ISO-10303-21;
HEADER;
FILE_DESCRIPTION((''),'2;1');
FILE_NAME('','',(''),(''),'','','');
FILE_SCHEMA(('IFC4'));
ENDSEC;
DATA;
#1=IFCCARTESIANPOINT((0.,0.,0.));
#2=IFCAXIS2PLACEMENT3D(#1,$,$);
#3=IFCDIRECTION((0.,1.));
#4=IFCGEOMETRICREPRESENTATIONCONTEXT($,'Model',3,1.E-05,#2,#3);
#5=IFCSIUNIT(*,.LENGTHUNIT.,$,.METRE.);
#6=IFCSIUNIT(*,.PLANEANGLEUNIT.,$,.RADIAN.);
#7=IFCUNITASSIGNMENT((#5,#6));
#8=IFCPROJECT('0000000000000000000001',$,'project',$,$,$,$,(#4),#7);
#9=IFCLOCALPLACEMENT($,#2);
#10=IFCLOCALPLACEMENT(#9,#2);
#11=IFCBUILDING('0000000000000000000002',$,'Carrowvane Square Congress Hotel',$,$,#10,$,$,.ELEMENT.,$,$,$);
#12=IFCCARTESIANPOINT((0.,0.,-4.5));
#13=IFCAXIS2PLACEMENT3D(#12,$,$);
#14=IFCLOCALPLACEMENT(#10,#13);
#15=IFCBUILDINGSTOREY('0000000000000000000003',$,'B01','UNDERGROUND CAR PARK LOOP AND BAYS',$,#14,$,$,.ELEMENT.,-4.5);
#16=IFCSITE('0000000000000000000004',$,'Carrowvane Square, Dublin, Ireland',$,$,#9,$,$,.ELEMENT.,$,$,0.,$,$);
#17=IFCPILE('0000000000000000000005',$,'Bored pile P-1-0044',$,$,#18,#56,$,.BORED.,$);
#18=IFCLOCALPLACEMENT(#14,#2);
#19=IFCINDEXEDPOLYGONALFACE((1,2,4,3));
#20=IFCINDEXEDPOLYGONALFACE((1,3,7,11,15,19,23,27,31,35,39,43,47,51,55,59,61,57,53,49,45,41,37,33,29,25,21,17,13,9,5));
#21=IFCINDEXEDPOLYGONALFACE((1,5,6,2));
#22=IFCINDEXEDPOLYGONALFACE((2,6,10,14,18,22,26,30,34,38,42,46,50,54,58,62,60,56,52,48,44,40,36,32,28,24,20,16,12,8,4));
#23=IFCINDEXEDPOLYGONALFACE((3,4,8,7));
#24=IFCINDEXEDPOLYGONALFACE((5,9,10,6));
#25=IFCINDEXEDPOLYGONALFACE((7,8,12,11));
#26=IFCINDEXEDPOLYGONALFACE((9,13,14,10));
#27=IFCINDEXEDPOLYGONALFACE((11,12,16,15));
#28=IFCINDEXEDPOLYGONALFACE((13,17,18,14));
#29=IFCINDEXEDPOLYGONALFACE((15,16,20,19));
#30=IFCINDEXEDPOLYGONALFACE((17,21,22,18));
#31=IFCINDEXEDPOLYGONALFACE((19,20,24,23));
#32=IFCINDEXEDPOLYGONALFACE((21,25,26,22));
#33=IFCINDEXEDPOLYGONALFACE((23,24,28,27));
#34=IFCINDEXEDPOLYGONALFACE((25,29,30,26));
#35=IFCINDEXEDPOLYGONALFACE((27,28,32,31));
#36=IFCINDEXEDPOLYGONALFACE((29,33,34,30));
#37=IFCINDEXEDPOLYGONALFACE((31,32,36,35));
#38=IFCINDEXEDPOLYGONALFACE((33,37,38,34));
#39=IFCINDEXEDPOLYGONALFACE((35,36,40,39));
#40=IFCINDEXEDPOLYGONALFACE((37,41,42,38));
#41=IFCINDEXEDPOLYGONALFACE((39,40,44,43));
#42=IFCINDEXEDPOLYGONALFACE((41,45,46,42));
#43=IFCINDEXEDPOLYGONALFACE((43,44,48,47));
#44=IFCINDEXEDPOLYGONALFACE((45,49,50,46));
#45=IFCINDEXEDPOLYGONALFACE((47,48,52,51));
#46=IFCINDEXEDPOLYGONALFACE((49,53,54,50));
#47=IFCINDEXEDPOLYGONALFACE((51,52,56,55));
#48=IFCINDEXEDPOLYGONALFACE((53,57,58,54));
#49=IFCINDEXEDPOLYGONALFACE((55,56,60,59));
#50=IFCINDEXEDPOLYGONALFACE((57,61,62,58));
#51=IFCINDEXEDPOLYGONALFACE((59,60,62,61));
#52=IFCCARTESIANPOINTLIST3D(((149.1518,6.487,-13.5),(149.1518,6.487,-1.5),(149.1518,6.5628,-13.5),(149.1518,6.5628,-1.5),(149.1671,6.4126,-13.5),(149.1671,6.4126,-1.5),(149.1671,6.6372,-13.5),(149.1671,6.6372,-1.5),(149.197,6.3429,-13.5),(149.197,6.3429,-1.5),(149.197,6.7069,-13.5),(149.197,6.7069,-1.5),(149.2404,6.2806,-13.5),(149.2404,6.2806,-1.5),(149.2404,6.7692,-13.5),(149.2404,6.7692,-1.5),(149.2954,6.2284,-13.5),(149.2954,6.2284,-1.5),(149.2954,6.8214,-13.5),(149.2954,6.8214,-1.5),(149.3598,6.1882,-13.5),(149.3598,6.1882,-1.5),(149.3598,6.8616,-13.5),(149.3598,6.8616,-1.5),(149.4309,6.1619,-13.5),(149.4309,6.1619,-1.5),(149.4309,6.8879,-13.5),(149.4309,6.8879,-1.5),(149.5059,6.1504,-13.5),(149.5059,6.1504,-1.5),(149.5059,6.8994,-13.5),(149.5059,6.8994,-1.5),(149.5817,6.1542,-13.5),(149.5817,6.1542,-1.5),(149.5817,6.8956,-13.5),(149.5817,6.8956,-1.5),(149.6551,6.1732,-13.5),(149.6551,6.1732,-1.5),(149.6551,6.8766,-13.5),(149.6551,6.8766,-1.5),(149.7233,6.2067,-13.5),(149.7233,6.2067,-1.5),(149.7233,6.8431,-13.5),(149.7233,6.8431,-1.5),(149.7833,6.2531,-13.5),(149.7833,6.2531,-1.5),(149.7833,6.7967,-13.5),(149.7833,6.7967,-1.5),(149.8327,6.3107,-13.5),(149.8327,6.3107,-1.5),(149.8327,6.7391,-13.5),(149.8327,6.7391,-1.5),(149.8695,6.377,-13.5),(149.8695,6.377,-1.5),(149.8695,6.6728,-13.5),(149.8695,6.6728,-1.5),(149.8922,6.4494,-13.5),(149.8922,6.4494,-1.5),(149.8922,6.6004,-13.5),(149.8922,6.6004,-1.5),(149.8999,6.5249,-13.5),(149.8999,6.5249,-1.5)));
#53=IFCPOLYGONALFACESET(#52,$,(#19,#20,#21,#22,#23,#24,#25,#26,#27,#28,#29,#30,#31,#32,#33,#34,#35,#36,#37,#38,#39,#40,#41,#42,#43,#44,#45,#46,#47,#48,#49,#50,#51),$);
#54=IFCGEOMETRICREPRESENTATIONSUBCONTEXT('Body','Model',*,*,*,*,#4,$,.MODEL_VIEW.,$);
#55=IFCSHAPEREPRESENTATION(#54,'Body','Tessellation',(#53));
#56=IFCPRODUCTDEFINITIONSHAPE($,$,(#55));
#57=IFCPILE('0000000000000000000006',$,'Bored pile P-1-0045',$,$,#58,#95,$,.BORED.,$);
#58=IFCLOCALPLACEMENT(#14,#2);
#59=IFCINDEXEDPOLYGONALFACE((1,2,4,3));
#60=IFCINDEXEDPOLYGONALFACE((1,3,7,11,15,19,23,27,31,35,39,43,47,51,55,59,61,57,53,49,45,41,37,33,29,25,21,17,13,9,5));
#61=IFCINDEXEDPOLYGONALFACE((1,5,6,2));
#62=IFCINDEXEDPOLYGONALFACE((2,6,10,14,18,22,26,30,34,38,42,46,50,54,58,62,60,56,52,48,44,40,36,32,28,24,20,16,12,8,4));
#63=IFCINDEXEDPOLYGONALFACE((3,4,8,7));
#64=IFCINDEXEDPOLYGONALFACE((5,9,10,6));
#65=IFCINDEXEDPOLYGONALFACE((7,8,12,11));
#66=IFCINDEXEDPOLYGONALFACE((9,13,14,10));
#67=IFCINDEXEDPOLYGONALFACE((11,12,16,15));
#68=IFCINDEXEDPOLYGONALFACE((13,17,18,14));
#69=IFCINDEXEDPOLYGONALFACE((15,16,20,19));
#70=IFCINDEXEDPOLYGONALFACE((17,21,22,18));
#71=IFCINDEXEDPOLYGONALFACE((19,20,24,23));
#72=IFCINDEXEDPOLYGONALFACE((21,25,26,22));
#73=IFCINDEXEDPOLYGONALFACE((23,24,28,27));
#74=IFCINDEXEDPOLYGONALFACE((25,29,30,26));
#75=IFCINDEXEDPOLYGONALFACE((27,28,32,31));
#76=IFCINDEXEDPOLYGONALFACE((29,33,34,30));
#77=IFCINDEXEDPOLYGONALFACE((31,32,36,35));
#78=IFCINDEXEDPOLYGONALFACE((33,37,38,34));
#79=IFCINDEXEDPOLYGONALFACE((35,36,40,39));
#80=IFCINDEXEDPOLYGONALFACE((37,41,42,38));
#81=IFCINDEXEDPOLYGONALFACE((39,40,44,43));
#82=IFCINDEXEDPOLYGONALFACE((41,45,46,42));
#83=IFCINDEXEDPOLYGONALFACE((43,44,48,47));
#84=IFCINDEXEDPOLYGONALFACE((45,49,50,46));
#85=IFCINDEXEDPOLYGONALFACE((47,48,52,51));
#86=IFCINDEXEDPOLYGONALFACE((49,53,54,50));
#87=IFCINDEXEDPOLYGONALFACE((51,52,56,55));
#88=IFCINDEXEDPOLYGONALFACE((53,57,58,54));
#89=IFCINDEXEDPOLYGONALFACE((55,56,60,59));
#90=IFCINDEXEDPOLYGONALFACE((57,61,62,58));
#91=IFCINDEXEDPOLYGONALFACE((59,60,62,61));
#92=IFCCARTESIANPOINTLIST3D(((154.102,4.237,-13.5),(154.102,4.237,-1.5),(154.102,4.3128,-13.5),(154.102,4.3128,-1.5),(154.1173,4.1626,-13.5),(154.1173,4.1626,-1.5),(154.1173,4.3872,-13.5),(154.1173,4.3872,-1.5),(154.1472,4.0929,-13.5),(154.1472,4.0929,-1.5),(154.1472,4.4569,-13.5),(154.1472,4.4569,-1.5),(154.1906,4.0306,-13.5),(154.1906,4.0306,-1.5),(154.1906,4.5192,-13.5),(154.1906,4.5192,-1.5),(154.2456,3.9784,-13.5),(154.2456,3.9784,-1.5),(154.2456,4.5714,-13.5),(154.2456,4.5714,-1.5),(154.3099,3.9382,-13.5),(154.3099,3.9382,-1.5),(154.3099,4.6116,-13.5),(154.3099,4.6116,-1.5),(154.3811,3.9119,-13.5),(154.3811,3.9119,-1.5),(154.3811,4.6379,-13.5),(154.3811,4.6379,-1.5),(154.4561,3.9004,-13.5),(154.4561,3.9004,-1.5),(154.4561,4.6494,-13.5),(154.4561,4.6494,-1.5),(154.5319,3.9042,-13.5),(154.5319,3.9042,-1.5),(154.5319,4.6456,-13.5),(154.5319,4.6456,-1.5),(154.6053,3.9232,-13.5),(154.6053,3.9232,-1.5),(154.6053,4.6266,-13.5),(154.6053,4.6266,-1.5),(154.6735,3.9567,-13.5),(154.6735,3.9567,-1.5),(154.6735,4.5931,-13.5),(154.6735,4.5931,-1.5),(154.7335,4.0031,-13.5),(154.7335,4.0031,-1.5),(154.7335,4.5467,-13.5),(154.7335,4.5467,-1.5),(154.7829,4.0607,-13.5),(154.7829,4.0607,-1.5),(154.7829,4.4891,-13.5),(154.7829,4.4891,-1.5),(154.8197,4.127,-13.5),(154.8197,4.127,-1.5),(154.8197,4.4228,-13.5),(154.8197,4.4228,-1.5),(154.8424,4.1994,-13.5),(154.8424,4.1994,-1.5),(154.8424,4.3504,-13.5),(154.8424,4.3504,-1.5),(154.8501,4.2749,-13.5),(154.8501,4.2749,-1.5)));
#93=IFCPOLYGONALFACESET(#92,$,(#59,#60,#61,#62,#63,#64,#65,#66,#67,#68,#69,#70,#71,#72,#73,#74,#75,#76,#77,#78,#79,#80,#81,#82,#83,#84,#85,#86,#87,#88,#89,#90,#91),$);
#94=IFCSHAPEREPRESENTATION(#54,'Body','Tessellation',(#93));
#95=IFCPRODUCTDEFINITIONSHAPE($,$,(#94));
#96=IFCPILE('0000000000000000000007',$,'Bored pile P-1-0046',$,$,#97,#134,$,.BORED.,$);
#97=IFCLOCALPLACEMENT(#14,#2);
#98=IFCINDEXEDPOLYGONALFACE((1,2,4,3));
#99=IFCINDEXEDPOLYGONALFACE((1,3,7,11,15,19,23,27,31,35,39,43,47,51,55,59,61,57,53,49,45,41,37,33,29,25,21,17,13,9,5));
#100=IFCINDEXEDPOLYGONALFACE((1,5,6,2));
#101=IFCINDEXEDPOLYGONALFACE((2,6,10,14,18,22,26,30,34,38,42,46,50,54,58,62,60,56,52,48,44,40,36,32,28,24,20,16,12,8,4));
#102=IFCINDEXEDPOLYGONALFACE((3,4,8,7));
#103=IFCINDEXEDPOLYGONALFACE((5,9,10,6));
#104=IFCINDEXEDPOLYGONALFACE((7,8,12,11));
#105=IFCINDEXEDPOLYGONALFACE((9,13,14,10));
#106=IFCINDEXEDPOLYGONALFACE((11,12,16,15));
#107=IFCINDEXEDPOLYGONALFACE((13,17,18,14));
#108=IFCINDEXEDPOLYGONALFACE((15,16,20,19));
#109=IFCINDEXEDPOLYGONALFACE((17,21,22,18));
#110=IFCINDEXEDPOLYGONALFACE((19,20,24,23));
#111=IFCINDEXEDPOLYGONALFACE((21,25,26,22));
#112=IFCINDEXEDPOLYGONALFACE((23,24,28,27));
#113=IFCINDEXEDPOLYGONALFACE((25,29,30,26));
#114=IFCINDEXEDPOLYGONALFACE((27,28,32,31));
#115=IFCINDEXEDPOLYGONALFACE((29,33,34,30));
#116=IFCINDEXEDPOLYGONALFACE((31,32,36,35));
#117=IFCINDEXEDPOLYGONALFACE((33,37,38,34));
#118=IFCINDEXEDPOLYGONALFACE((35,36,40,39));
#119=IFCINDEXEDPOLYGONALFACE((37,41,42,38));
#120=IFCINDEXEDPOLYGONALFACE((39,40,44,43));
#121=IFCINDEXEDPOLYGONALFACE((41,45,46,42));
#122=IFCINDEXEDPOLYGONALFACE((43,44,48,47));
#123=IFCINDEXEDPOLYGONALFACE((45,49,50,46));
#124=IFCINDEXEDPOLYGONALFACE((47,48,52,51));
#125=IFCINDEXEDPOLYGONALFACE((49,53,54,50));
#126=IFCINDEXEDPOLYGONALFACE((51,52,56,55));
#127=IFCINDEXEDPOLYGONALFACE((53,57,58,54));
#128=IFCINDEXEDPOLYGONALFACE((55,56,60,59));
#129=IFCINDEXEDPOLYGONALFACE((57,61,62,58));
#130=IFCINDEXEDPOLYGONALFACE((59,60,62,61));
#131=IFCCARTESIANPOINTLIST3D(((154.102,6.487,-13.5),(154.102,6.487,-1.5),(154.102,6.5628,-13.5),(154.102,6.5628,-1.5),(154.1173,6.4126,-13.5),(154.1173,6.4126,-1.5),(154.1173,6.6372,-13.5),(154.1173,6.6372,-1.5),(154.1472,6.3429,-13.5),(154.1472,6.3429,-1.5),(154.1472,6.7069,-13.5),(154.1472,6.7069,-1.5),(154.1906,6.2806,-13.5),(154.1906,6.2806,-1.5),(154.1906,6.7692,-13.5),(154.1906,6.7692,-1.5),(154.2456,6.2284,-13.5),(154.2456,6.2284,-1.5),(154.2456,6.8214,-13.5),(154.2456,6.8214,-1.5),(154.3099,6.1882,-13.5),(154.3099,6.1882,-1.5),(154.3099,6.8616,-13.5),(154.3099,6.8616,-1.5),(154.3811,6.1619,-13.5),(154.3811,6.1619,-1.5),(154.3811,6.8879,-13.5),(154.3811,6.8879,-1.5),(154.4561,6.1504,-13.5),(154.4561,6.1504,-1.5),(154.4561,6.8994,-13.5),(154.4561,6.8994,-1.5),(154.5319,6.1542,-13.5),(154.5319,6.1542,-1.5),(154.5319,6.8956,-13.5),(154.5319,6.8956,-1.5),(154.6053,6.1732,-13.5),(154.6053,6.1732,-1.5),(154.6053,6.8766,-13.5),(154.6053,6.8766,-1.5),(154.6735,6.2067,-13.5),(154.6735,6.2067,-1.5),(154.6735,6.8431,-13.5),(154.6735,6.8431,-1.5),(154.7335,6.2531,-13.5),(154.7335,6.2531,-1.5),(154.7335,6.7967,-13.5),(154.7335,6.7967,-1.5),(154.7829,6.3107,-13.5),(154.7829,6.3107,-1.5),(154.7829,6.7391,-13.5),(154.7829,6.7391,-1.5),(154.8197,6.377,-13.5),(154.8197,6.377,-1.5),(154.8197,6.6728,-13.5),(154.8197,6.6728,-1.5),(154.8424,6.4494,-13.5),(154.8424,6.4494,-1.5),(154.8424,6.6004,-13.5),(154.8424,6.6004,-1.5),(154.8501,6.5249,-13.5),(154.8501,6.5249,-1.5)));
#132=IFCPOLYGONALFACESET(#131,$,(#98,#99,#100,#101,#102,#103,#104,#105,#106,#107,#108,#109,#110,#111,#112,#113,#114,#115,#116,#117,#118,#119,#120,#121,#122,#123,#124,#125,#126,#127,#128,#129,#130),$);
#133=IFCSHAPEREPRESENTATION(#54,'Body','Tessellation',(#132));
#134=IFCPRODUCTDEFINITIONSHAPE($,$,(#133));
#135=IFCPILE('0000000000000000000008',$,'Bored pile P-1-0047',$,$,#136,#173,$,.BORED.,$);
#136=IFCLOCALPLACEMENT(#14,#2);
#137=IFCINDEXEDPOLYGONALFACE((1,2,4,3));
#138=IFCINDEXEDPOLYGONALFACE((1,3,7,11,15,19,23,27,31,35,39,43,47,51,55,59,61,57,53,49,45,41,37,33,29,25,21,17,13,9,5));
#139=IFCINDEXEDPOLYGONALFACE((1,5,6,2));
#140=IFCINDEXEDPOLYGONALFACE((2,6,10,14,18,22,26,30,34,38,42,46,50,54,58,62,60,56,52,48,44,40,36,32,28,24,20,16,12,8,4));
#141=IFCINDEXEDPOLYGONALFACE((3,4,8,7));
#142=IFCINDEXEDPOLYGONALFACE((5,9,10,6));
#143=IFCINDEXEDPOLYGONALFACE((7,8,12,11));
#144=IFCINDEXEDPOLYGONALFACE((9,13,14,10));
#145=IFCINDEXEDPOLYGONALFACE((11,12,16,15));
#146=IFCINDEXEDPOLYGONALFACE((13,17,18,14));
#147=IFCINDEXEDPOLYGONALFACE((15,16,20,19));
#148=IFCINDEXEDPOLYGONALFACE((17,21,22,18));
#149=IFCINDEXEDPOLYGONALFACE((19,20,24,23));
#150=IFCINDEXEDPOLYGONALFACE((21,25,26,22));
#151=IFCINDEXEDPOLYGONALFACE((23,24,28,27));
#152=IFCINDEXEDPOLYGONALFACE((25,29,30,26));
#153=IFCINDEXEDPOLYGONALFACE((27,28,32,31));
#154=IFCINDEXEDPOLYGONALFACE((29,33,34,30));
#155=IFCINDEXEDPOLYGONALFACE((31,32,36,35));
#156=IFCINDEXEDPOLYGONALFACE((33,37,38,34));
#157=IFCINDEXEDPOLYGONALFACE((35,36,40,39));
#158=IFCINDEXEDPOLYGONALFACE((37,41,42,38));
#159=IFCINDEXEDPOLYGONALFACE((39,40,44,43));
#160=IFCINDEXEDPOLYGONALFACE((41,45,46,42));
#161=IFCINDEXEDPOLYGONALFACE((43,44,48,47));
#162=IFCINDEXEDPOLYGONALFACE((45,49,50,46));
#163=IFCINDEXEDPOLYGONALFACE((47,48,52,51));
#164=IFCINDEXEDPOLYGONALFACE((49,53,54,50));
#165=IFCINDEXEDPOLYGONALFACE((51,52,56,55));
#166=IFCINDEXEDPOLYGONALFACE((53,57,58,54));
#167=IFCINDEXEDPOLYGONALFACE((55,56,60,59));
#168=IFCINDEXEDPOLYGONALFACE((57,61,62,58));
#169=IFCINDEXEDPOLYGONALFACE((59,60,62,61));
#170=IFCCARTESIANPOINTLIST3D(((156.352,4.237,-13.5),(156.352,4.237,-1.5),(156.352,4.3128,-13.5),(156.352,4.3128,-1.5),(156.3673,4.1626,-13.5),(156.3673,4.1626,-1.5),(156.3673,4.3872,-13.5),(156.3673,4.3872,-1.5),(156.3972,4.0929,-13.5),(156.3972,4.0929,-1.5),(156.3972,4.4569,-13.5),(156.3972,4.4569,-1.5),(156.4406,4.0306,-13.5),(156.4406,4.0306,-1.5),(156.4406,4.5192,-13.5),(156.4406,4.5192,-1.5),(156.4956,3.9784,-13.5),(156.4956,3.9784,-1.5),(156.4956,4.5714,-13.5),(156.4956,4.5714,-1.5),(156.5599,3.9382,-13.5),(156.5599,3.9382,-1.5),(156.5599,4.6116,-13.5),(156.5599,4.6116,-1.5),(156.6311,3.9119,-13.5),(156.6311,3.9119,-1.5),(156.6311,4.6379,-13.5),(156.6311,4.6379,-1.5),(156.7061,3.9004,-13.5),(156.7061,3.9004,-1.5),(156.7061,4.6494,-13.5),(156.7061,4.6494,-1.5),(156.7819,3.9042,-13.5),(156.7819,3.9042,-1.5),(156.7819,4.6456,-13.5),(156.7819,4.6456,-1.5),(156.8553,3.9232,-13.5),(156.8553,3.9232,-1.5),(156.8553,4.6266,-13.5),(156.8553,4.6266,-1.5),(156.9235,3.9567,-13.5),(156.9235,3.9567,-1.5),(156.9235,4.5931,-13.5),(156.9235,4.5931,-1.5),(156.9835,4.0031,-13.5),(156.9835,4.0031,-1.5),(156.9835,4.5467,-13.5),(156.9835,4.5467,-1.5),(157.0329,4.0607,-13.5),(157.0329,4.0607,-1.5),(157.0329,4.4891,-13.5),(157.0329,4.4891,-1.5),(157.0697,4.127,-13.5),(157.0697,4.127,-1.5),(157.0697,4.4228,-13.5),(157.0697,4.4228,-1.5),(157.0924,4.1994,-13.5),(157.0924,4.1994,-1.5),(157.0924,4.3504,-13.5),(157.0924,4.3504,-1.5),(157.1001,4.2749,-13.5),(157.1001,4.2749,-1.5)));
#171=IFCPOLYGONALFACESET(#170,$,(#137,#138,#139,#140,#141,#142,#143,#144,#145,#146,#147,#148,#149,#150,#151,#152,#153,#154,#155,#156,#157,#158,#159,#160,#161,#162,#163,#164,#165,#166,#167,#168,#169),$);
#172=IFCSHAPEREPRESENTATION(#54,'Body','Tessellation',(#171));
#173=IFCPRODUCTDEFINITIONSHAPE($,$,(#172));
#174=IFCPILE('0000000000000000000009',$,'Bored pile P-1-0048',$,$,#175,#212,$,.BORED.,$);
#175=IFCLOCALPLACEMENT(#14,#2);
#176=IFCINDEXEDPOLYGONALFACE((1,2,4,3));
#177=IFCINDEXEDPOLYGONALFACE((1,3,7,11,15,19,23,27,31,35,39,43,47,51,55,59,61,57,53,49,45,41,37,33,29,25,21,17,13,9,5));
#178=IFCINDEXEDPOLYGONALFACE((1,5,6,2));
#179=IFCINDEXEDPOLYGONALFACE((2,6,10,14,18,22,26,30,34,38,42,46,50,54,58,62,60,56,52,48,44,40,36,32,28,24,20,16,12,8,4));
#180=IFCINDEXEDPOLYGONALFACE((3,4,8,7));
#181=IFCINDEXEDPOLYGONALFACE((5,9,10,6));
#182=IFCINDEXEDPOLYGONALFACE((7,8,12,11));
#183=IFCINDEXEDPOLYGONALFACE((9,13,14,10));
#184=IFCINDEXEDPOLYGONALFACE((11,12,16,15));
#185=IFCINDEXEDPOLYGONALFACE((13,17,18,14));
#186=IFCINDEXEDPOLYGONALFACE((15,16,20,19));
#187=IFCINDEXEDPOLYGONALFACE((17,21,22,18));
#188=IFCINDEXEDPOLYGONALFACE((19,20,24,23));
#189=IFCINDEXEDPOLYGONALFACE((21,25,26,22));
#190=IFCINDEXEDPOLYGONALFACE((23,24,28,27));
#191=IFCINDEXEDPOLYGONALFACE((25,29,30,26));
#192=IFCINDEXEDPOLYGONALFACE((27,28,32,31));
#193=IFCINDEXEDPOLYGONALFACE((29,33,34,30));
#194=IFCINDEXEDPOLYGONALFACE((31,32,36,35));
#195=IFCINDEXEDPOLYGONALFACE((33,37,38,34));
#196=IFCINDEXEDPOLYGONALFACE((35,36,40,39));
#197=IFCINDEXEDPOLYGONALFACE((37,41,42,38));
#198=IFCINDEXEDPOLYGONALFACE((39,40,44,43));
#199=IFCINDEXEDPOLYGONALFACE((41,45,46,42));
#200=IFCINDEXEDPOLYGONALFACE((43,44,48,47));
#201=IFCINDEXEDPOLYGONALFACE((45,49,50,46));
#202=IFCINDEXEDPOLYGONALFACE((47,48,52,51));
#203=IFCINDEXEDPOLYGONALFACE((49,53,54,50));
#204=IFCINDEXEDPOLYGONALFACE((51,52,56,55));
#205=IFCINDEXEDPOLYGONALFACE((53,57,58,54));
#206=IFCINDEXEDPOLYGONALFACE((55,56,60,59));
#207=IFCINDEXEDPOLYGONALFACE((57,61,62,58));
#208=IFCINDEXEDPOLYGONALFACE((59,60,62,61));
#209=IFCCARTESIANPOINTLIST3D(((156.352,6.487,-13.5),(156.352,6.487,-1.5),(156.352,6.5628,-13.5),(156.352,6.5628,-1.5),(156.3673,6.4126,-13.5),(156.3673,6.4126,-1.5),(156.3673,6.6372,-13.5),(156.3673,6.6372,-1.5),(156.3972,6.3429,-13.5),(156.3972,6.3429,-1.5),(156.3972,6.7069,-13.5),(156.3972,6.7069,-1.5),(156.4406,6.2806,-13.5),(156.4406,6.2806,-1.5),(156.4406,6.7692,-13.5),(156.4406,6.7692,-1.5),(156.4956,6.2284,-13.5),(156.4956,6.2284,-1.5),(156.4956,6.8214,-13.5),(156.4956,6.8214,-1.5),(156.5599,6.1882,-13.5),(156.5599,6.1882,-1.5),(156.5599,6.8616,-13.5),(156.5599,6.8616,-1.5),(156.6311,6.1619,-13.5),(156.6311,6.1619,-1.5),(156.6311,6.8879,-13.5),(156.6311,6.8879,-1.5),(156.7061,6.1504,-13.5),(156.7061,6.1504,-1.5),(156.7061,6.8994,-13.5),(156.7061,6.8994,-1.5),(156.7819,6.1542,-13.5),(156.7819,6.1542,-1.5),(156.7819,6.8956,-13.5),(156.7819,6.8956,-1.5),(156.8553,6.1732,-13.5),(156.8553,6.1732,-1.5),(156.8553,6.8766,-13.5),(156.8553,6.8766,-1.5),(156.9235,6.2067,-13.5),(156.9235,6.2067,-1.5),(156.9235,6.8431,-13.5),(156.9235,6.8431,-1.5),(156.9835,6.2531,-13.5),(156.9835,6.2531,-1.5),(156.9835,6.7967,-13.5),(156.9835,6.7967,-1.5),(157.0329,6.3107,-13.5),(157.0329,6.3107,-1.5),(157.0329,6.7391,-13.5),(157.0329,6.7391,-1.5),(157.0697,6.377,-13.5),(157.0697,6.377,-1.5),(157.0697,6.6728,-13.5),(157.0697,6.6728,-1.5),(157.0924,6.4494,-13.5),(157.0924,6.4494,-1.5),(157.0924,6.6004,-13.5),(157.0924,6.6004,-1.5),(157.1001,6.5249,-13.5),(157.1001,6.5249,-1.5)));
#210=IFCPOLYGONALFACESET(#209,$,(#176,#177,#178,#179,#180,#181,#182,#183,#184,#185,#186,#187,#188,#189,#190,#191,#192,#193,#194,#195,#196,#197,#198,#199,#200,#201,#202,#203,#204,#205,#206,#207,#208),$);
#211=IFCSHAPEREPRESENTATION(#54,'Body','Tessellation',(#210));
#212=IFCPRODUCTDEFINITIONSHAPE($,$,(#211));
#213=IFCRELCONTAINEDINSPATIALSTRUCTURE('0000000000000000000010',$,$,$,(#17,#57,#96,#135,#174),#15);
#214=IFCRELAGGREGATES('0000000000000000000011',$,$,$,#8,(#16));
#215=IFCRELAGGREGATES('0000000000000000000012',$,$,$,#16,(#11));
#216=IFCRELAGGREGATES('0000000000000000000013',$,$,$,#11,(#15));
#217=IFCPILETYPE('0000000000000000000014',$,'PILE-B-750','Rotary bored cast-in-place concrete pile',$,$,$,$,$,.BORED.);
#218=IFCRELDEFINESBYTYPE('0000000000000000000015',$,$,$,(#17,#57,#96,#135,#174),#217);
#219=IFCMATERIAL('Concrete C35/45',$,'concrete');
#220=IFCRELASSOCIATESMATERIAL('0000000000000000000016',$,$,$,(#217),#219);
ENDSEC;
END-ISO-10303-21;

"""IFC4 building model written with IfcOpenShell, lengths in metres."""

from ifc_helpers import new_model, si_unit, direction, frame, origin, origin_2d, place, context, subcontext, project, spatial, circle, extrude, material, material_profile, profile_set, type_object, element, save


model = new_model("IFC4")

# Units and contexts
model_context = context("Model", 3, precision=1e-05, world=origin(), true_north=direction((0.0, 1.0)))
body_context = subcontext(model_context, "Body", "Model", "MODEL_VIEW")
ifc_project = project(units=[si_unit("LENGTHUNIT", "METRE"), si_unit("PLANEANGLEUNIT", "RADIAN")], contexts=[model_context])

# Site, building, storey
site_placement = place(None, origin())
site = spatial("IfcSite", under=ifc_project, at=site_placement, Name="Carrowvane Square, Dublin, Ireland", CompositionType="ELEMENT", RefElevation=0.0)
building_placement = place(site_placement, origin())
building = spatial("IfcBuilding", under=site, at=building_placement, Name="Carrowvane Square Congress Hotel", CompositionType="ELEMENT")
storey_placement = place(building_placement, frame((0.0, 0.0, -4.5)))
storey = spatial("IfcBuildingStorey", under=building, at=storey_placement, Name="B01", Description="UNDERGROUND CAR PARK LOOP AND BAYS", CompositionType="ELEMENT", Elevation=-4.5)

# Piles
ifc_material_1 = material(Name="Concrete C35/45", Category="concrete")
ifc_material_profile_1 = material_profile(ifc_material_1, circle(Radius=0.375, at=origin_2d()), Name="PILE D750")
ifc_profile_set_1 = profile_set([ifc_material_profile_1], Name="Concrete C35/45")
pile_type = type_object("IfcPileType", Name="PILE-B-750", Description="Rotary bored cast-in-place concrete pile", PredefinedType="BORED", material=ifc_profile_set_1)
for number, where, z_axis, x_axis, name in (
    (1, (149.5249, 6.5249, -1.5), (0.0, 0.0, -1.0), (1.0, 0.0, 0.0), "Bored pile P-1-0044"),
    (2, (154.4751, 4.2749, -1.5), (0.0, 0.0, -1.0), (1.0, 0.0, 0.0), "Bored pile P-1-0045"),
    (3, (154.4751, 6.5249, -1.5), (0.0, 0.0, -1.0), (1.0, 0.0, 0.0), "Bored pile P-1-0046"),
    (4, (156.7251, 4.2749, -1.5), (0.0, 0.0, -1.0), (1.0, 0.0, 0.0), "Bored pile P-1-0047"),
    (5, (156.7251, 6.5249, -1.5), (0.0, 0.0, -1.0), (1.0, 0.0, 0.0), "Bored pile P-1-0048"),
):
    element("IfcPile", number, at=place(storey_placement, frame(where, z_axis=z_axis, x_axis=x_axis)), inside=storey, type_object=pile_type, Name=name, PredefinedType="BORED", context=body_context, shape_type="SweptSolid", body=[
        extrude(circle(Radius=0.375, at=origin_2d()), origin(), (0.0, 0.0, 1.0), 12.0),
    ])

save(model, "model.ifc")
